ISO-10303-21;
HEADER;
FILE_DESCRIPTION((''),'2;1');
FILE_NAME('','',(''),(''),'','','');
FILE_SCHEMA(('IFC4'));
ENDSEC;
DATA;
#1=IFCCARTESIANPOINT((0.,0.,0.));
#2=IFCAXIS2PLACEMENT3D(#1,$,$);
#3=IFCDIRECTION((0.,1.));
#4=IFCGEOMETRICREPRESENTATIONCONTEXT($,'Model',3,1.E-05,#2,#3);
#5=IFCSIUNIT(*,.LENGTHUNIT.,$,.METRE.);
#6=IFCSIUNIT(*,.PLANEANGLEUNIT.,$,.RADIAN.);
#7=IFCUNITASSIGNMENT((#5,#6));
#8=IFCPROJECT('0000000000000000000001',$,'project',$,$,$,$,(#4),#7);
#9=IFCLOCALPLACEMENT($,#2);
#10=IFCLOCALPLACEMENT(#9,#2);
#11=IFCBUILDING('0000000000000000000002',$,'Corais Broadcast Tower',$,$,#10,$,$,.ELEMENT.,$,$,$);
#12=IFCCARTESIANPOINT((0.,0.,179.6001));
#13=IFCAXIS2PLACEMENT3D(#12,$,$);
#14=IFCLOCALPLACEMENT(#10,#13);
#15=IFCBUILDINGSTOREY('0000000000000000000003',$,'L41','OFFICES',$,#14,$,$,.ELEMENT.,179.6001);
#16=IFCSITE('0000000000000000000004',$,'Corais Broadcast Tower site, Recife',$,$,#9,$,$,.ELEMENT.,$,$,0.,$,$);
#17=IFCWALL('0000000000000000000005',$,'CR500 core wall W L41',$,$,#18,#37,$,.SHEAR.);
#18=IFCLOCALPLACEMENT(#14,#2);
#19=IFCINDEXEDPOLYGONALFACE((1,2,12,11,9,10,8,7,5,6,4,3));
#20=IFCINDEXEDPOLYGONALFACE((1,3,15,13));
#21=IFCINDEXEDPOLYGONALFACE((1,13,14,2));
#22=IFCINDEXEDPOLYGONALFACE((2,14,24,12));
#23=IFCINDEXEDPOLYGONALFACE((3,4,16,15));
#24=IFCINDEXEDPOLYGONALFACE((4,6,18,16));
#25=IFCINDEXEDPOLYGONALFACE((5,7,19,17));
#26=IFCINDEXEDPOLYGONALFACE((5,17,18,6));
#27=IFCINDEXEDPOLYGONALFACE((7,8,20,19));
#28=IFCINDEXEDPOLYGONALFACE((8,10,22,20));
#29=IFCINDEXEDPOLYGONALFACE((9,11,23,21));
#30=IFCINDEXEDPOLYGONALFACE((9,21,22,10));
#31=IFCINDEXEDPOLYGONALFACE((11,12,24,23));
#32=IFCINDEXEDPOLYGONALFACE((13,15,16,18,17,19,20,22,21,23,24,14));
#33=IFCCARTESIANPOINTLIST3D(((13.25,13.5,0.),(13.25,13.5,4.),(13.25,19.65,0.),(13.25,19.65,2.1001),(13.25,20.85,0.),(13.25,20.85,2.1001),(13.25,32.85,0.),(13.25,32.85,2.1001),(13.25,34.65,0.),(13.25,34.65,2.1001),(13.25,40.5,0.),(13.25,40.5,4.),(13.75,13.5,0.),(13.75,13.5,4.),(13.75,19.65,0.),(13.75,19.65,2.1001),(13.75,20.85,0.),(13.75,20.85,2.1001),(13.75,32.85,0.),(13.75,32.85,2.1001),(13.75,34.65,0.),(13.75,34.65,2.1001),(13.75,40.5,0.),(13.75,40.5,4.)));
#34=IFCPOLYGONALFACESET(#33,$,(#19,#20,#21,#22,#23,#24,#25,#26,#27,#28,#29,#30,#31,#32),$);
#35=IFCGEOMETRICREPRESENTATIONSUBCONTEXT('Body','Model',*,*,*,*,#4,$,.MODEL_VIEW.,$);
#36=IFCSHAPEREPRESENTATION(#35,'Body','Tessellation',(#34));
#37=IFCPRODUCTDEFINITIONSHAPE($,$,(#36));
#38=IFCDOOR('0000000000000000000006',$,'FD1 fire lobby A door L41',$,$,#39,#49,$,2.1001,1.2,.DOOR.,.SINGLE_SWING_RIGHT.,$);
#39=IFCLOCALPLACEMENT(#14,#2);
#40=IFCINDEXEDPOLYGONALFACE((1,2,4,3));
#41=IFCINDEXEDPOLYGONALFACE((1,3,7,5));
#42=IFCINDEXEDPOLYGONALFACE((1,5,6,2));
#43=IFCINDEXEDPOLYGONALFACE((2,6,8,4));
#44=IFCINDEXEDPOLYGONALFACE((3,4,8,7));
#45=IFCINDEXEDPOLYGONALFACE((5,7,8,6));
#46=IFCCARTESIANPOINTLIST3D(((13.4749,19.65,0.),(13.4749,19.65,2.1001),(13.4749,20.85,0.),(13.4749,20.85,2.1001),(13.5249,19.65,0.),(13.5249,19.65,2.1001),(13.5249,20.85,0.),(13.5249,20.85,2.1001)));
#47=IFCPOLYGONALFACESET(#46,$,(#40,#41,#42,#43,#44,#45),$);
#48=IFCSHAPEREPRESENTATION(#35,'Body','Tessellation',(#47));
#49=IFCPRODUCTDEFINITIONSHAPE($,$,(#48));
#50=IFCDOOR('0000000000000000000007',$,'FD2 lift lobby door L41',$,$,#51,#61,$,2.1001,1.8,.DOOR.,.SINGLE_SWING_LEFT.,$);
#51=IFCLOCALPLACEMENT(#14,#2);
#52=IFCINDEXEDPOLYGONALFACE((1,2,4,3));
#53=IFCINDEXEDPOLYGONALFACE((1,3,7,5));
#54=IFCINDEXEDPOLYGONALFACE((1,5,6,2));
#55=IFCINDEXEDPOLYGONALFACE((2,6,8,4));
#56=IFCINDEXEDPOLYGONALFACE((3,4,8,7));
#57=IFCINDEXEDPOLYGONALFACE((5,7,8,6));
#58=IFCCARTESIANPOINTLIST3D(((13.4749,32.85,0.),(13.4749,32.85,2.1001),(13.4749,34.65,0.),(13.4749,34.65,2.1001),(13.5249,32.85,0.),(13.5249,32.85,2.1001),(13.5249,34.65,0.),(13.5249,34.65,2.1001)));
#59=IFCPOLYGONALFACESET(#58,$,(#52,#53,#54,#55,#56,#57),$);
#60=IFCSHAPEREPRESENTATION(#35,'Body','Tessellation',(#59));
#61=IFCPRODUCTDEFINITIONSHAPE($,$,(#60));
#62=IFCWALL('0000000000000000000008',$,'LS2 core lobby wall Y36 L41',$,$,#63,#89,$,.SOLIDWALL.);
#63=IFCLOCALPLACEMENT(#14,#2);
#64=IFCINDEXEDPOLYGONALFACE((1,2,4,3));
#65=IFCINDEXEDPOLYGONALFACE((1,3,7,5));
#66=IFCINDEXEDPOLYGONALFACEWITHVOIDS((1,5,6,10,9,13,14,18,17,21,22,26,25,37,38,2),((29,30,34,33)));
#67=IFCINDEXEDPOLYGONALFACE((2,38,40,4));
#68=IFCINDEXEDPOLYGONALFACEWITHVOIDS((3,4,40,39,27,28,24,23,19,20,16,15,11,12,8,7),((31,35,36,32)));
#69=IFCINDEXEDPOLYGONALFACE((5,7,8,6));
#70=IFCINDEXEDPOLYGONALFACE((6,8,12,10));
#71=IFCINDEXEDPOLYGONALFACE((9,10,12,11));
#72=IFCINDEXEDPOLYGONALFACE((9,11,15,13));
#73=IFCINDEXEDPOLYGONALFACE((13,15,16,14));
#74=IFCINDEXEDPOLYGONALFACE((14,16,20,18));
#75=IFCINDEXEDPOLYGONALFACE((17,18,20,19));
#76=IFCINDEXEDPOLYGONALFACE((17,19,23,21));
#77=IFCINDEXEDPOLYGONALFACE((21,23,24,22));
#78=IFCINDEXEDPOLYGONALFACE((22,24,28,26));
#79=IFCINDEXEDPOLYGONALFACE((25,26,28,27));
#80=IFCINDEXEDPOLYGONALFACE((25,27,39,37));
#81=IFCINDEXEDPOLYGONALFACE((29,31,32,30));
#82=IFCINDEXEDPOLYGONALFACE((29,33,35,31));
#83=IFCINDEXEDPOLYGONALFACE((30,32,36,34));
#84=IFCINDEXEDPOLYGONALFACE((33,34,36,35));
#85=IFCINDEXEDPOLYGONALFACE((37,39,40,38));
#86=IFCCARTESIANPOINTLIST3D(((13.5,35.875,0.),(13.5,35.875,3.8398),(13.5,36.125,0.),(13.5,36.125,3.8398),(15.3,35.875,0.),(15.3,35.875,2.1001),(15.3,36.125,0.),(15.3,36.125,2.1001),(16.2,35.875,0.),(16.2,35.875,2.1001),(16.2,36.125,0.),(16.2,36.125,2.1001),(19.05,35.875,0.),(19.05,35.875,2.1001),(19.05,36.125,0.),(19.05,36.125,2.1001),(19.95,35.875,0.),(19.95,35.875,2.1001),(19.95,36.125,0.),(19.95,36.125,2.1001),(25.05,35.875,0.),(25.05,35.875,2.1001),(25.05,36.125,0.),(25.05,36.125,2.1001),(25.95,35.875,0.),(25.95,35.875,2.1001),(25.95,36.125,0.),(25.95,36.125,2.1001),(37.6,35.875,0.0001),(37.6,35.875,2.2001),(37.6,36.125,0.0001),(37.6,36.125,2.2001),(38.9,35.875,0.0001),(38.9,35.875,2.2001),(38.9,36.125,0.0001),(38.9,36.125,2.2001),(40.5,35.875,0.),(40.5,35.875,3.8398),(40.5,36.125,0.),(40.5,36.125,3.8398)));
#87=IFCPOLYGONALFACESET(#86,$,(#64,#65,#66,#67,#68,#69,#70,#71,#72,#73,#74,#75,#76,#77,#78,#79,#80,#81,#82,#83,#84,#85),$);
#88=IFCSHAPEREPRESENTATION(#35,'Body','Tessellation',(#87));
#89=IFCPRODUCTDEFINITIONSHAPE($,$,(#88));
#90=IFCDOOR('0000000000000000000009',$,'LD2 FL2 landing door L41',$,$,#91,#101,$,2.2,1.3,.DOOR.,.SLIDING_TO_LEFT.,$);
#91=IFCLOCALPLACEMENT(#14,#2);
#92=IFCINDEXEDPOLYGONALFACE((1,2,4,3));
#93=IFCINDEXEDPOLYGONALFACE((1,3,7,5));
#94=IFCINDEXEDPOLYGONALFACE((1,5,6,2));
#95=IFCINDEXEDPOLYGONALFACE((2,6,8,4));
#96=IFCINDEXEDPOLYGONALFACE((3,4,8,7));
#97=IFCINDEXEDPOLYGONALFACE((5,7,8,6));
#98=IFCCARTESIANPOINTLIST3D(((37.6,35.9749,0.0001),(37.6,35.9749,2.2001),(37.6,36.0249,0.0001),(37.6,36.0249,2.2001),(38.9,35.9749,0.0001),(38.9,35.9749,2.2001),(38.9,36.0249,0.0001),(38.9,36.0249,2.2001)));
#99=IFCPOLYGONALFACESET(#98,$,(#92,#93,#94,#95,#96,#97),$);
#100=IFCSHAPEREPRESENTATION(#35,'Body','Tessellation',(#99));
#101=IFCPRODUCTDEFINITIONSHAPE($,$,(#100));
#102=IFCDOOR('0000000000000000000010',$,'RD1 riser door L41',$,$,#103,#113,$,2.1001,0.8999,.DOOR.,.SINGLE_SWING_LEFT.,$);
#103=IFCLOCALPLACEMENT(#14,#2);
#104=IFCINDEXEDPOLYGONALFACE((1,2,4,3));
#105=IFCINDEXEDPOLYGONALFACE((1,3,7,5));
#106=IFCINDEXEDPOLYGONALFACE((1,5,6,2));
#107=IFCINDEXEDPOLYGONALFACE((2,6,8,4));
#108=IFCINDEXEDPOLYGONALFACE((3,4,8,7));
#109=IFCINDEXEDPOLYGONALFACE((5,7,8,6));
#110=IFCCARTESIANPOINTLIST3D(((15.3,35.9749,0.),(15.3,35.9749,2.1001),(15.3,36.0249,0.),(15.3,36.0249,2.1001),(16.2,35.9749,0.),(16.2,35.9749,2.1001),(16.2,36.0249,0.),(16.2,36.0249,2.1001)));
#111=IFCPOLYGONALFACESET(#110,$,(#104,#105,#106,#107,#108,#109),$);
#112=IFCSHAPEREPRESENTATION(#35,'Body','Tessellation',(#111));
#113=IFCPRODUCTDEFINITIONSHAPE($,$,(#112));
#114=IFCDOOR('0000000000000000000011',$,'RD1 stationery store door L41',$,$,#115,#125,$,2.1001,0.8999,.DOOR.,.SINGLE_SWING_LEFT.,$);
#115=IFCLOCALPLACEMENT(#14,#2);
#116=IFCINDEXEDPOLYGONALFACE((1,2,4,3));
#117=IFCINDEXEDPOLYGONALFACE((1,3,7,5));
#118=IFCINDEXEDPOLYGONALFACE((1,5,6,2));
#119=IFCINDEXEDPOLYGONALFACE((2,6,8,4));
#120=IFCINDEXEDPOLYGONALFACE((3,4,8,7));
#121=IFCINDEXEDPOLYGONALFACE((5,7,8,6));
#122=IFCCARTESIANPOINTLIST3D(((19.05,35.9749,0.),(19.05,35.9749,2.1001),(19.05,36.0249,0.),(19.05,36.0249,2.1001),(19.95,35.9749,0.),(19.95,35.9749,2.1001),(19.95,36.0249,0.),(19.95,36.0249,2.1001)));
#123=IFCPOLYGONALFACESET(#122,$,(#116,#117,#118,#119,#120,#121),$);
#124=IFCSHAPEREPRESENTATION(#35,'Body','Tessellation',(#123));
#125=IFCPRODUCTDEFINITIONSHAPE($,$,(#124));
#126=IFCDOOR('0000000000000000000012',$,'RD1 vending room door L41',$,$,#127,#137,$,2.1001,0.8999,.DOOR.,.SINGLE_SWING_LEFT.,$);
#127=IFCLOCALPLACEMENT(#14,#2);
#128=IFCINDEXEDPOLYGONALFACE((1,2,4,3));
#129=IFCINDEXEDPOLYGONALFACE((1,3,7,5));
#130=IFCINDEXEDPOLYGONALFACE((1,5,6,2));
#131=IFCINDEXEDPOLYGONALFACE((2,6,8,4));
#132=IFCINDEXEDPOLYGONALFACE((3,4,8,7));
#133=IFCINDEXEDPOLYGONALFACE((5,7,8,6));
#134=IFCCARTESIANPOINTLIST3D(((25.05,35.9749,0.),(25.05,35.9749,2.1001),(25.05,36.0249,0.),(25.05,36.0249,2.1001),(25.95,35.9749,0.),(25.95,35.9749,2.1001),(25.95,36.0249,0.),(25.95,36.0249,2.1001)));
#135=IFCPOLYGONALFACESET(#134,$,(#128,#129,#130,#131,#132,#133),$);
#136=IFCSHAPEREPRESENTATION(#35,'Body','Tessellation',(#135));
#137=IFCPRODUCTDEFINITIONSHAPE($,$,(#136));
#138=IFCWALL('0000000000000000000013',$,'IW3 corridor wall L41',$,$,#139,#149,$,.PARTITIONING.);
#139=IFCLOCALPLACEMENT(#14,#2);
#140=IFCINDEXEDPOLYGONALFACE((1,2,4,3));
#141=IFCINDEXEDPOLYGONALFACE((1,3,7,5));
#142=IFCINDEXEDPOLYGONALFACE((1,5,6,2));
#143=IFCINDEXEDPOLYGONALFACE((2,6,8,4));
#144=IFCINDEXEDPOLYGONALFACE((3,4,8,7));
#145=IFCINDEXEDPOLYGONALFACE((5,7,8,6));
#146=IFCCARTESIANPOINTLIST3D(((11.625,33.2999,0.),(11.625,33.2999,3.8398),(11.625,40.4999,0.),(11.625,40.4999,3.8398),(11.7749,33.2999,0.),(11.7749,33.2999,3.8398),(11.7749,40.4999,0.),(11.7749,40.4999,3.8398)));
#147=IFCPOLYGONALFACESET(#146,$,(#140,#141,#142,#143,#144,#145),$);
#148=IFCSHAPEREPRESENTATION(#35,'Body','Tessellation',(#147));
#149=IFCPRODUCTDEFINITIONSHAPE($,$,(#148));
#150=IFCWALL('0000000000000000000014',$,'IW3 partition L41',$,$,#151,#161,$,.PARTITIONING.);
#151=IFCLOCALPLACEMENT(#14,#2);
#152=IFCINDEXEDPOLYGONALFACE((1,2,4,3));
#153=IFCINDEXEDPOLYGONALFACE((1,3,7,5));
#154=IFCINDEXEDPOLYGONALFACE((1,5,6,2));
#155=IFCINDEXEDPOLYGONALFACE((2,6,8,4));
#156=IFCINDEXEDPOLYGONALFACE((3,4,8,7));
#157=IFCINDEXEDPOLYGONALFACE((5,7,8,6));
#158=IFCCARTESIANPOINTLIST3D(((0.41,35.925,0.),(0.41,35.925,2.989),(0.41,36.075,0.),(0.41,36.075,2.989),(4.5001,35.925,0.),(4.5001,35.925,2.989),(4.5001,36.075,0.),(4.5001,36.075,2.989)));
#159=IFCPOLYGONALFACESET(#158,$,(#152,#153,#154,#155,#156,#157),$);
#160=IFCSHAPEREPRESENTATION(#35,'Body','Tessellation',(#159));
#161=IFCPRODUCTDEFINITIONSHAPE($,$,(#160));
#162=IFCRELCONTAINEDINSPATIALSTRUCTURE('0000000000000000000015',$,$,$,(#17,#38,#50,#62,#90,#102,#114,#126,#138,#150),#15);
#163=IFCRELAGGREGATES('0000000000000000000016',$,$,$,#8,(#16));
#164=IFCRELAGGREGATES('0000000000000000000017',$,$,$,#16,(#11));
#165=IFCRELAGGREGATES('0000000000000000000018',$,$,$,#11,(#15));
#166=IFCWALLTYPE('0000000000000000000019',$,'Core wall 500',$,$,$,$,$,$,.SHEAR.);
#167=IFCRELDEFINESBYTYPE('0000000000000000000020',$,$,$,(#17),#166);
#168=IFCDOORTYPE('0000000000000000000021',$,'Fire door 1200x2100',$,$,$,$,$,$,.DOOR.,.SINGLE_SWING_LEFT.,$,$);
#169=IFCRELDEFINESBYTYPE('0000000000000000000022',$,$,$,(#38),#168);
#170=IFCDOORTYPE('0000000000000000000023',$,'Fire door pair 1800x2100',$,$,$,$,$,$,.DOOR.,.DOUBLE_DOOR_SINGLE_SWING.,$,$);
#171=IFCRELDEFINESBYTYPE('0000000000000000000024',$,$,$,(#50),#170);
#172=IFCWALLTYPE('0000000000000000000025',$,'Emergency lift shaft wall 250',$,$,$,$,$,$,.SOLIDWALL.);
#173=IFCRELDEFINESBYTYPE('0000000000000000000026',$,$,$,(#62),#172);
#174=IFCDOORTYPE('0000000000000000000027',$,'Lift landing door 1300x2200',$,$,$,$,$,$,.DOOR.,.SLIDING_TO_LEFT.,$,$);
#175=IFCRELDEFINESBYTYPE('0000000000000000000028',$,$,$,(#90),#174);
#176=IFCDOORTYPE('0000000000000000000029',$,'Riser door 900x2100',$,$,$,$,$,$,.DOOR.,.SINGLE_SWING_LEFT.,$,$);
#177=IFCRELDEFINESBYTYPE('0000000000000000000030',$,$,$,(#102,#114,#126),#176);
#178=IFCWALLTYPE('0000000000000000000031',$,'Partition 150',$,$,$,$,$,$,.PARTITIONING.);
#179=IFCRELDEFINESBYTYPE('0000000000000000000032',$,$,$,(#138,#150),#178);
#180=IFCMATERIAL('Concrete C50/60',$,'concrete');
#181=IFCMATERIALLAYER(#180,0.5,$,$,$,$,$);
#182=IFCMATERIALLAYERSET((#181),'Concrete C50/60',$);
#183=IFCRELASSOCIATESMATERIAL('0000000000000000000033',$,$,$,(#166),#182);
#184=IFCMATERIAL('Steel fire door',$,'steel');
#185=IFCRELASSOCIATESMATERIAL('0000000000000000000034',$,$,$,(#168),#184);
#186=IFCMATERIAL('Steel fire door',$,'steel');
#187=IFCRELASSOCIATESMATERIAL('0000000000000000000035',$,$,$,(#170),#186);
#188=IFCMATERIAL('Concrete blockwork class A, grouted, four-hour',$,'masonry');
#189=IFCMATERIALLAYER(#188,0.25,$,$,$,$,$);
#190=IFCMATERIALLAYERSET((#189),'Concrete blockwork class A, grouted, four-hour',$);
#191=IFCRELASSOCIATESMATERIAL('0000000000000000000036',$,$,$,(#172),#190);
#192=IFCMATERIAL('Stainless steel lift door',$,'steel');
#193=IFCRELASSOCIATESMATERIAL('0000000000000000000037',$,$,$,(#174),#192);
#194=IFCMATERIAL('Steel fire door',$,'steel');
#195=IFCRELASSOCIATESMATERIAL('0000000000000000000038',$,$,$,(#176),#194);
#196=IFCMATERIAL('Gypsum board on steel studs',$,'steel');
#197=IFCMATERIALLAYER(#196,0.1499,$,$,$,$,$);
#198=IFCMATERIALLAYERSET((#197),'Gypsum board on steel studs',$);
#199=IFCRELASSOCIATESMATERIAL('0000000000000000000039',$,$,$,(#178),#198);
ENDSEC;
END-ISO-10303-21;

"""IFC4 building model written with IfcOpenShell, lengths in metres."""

from ifc_helpers import new_model, si_unit, direction, frame, frame_2d, origin, place, context, subcontext, project, spatial, rectangle, extrude, material, layer, layer_set, type_object, element, fill, save


model = new_model("IFC4")

# Units and contexts
model_context = context("Model", 3, precision=1e-05, world=origin(), true_north=direction((0.0, 1.0)))
body_context = subcontext(model_context, "Body", "Model", "MODEL_VIEW")
ifc_project = project(units=[si_unit("LENGTHUNIT", "METRE"), si_unit("PLANEANGLEUNIT", "RADIAN")], contexts=[model_context])

# Site, building, storey
site_placement = place(None, origin())
site = spatial("IfcSite", under=ifc_project, at=site_placement, Name="Corais Broadcast Tower site, Recife", CompositionType="ELEMENT", RefElevation=0.0)
building_placement = place(site_placement, origin())
building = spatial("IfcBuilding", under=site, at=building_placement, Name="Corais Broadcast Tower", CompositionType="ELEMENT")
storey_placement = place(building_placement, frame((0.0, 0.0, 179.6001)))
storey = spatial("IfcBuildingStorey", under=building, at=storey_placement, Name="L41", Description="OFFICES", CompositionType="ELEMENT", Elevation=179.6001)

# Walls, openings, doors
ifc_material_1 = material(Name="Concrete C50/60", Category="concrete")
ifc_layer_1 = layer(ifc_material_1, 0.5)
ifc_layer_set_1 = layer_set([ifc_layer_1], Name="Concrete C50/60")
wall_type_1 = type_object("IfcWallType", Name="Core wall 500", PredefinedType="SHEAR", material=ifc_layer_set_1)
wall_1_placement = place(storey_placement, frame((13.5, 40.5, 0.0), z_axis=(0.0, 0.0, 1.0), x_axis=(0.0, -1.0, 0.0)))
wall_1 = element("IfcWall", 1, at=wall_1_placement, inside=storey, type_object=wall_type_1, Name="CR500 core wall W L41", PredefinedType="SHEAR", context=body_context, shape_type="SweptSolid", body=[
    extrude(rectangle(XDim=27.0, YDim=0.5, at=frame_2d((13.5, 0.0))), origin(), (0.0, 0.0, 1.0), 4.0),
])
opening_1_placement = place(wall_1_placement, frame((19.6499, 0.0, 0.0)))
opening_1 = element("IfcOpeningElement", 2, at=opening_1_placement, cuts=wall_1, PredefinedType="OPENING", context=body_context, shape_type="SweptSolid", body=[
    extrude(rectangle(XDim=1.2, YDim=2.1001, at=frame_2d((0.6001, 1.05))), frame((0.0, 0.26, 0.0), z_axis=(0.0, -1.0, 0.0), x_axis=(1.0, 0.0, 0.0)), (0.0, 0.0, 1.0), 0.52),
])
opening_2_placement = place(wall_1_placement, frame((5.8501, 0.0, 0.0)))
opening_2 = element("IfcOpeningElement", 3, at=opening_2_placement, cuts=wall_1, PredefinedType="OPENING", context=body_context, shape_type="SweptSolid", body=[
    extrude(rectangle(XDim=1.8, YDim=2.1001, at=frame_2d((0.8999, 1.05))), frame((0.0, 0.26, 0.0), z_axis=(0.0, -1.0, 0.0), x_axis=(1.0, 0.0, 0.0)), (0.0, 0.0, 1.0), 0.52),
])
ifc_material_2 = material(Name="Steel fire door", Category="steel")
door_type_1 = type_object("IfcDoorType", Name="Fire door 1200x2100", OperationType="SINGLE_SWING_LEFT", PredefinedType="DOOR", material=ifc_material_2)
door_1_placement = place(opening_1_placement, origin())
door_1 = element("IfcDoor", 4, at=door_1_placement, inside=storey, type_object=door_type_1, Name="FD1 fire lobby A door L41", OperationType="SINGLE_SWING_RIGHT", OverallHeight=2.1001, OverallWidth=1.2, PredefinedType="DOOR", context=body_context, shape_type="SweptSolid", body=[
    extrude(rectangle(XDim=1.2, YDim=2.1001, at=frame_2d((0.6001, 1.05))), frame((0.0, 0.0249, 0.0), z_axis=(0.0, -1.0, 0.0), x_axis=(1.0, 0.0, 0.0)), (0.0, 0.0, 1.0), 0.05),
])
fill(opening_1, door_1)
ifc_material_3 = material(Name="Steel fire door", Category="steel")
door_type_2 = type_object("IfcDoorType", Name="Fire door pair 1800x2100", OperationType="DOUBLE_DOOR_SINGLE_SWING", PredefinedType="DOOR", material=ifc_material_3)
door_2_placement = place(opening_2_placement, origin())
door_2 = element("IfcDoor", 5, at=door_2_placement, inside=storey, type_object=door_type_2, Name="FD2 lift lobby door L41", OperationType="SINGLE_SWING_LEFT", OverallHeight=2.1001, OverallWidth=1.8, PredefinedType="DOOR", context=body_context, shape_type="SweptSolid", body=[
    extrude(rectangle(XDim=1.8, YDim=2.1001, at=frame_2d((0.8999, 1.05))), frame((0.0, 0.0249, 0.0), z_axis=(0.0, -1.0, 0.0), x_axis=(1.0, 0.0, 0.0)), (0.0, 0.0, 1.0), 0.05),
])
fill(opening_2, door_2)
ifc_material_4 = material(Name="Concrete blockwork class A, grouted, four-hour", Category="masonry")
ifc_layer_2 = layer(ifc_material_4, 0.25)
ifc_layer_set_2 = layer_set([ifc_layer_2], Name="Concrete blockwork class A, grouted, four-hour")
wall_type_2 = type_object("IfcWallType", Name="Emergency lift shaft wall 250", PredefinedType="SOLIDWALL", material=ifc_layer_set_2)
wall_2_placement = place(storey_placement, frame((13.5, 36.0, 0.0), z_axis=(0.0, 0.0, 1.0), x_axis=(1.0, 0.0, 0.0)))
wall_2 = element("IfcWall", 6, at=wall_2_placement, inside=storey, type_object=wall_type_2, Name="LS2 core lobby wall Y36 L41", PredefinedType="SOLIDWALL", context=body_context, shape_type="SweptSolid", body=[
    extrude(rectangle(XDim=27.0, YDim=0.25, at=frame_2d((13.5, 0.0))), origin(), (0.0, 0.0, 1.0), 3.8398),
])
opening_3_placement = place(wall_2_placement, frame((1.8, 0.0, 0.0)))
opening_3 = element("IfcOpeningElement", 7, at=opening_3_placement, cuts=wall_2, PredefinedType="OPENING", context=body_context, shape_type="SweptSolid", body=[
    extrude(rectangle(XDim=0.8999, YDim=2.1001, at=frame_2d((0.45, 1.05))), frame((0.0, 0.135, 0.0), z_axis=(0.0, -1.0, 0.0), x_axis=(1.0, 0.0, 0.0)), (0.0, 0.0, 1.0), 0.27),
])
opening_4_placement = place(wall_2_placement, frame((5.55, 0.0, 0.0)))
opening_4 = element("IfcOpeningElement", 8, at=opening_4_placement, cuts=wall_2, PredefinedType="OPENING", context=body_context, shape_type="SweptSolid", body=[
    extrude(rectangle(XDim=0.8999, YDim=2.1001, at=frame_2d((0.45, 1.05))), frame((0.0, 0.135, 0.0), z_axis=(0.0, -1.0, 0.0), x_axis=(1.0, 0.0, 0.0)), (0.0, 0.0, 1.0), 0.27),
])
opening_5_placement = place(wall_2_placement, frame((11.55, 0.0, 0.0)))
opening_5 = element("IfcOpeningElement", 9, at=opening_5_placement, cuts=wall_2, PredefinedType="OPENING", context=body_context, shape_type="SweptSolid", body=[
    extrude(rectangle(XDim=0.8999, YDim=2.1001, at=frame_2d((0.45, 1.05))), frame((0.0, 0.135, 0.0), z_axis=(0.0, -1.0, 0.0), x_axis=(1.0, 0.0, 0.0)), (0.0, 0.0, 1.0), 0.27),
])
opening_6_placement = place(wall_2_placement, frame((24.1001, 0.0, 0.0)))
opening_6 = element("IfcOpeningElement", 10, at=opening_6_placement, cuts=wall_2, PredefinedType="OPENING", context=body_context, shape_type="SweptSolid", body=[
    extrude(rectangle(XDim=1.3, YDim=2.2, at=frame_2d((0.6499, 1.1001))), frame((0.0, 0.135, 0.0), z_axis=(0.0, -1.0, 0.0), x_axis=(1.0, 0.0, 0.0)), (0.0, 0.0, 1.0), 0.27),
])
ifc_material_5 = material(Name="Stainless steel lift door", Category="steel")
door_type_3 = type_object("IfcDoorType", Name="Lift landing door 1300x2200", OperationType="SLIDING_TO_LEFT", PredefinedType="DOOR", material=ifc_material_5)
door_3_placement = place(opening_6_placement, origin())
door_3 = element("IfcDoor", 11, at=door_3_placement, inside=storey, type_object=door_type_3, Name="LD2 FL2 landing door L41", OperationType="SLIDING_TO_LEFT", OverallHeight=2.2, OverallWidth=1.3, PredefinedType="DOOR", context=body_context, shape_type="SweptSolid", body=[
    extrude(rectangle(XDim=1.3, YDim=2.2, at=frame_2d((0.6499, 1.1001))), frame((0.0, 0.0249, 0.0), z_axis=(0.0, -1.0, 0.0), x_axis=(1.0, 0.0, 0.0)), (0.0, 0.0, 1.0), 0.05),
])
fill(opening_6, door_3)
ifc_material_6 = material(Name="Steel fire door", Category="steel")
door_type_4 = type_object("IfcDoorType", Name="Riser door 900x2100", OperationType="SINGLE_SWING_LEFT", PredefinedType="DOOR", material=ifc_material_6)
door_4_placement = place(opening_3_placement, origin())
door_4 = element("IfcDoor", 12, at=door_4_placement, inside=storey, type_object=door_type_4, Name="RD1 riser door L41", OperationType="SINGLE_SWING_LEFT", OverallHeight=2.1001, OverallWidth=0.8999, PredefinedType="DOOR", context=body_context, shape_type="SweptSolid", body=[
    extrude(rectangle(XDim=0.8999, YDim=2.1001, at=frame_2d((0.45, 1.05))), frame((0.0, 0.0249, 0.0), z_axis=(0.0, -1.0, 0.0), x_axis=(1.0, 0.0, 0.0)), (0.0, 0.0, 1.0), 0.05),
])
fill(opening_3, door_4)
door_5_placement = place(opening_4_placement, origin())
door_5 = element("IfcDoor", 13, at=door_5_placement, inside=storey, type_object=door_type_4, Name="RD1 stationery store door L41", OperationType="SINGLE_SWING_LEFT", OverallHeight=2.1001, OverallWidth=0.8999, PredefinedType="DOOR", context=body_context, shape_type="SweptSolid", body=[
    extrude(rectangle(XDim=0.8999, YDim=2.1001, at=frame_2d((0.45, 1.05))), frame((0.0, 0.0249, 0.0), z_axis=(0.0, -1.0, 0.0), x_axis=(1.0, 0.0, 0.0)), (0.0, 0.0, 1.0), 0.05),
])
fill(opening_4, door_5)
door_6_placement = place(opening_5_placement, origin())
door_6 = element("IfcDoor", 14, at=door_6_placement, inside=storey, type_object=door_type_4, Name="RD1 vending room door L41", OperationType="SINGLE_SWING_LEFT", OverallHeight=2.1001, OverallWidth=0.8999, PredefinedType="DOOR", context=body_context, shape_type="SweptSolid", body=[
    extrude(rectangle(XDim=0.8999, YDim=2.1001, at=frame_2d((0.45, 1.05))), frame((0.0, 0.0249, 0.0), z_axis=(0.0, -1.0, 0.0), x_axis=(1.0, 0.0, 0.0)), (0.0, 0.0, 1.0), 0.05),
])
fill(opening_5, door_6)

# Walls
ifc_material_7 = material(Name="Gypsum board on steel studs", Category="steel")
ifc_layer_3 = layer(ifc_material_7, 0.1499)
ifc_layer_set_3 = layer_set([ifc_layer_3], Name="Gypsum board on steel studs")
wall_type_3 = type_object("IfcWallType", Name="Partition 150", PredefinedType="PARTITIONING", material=ifc_layer_set_3)
wall_3_placement = place(storey_placement, frame((11.7, 40.5, 0.0), z_axis=(0.0, 0.0, 1.0), x_axis=(0.0, -1.0, 0.0)))
element("IfcWall", 15, at=wall_3_placement, inside=storey, type_object=wall_type_3, Name="IW3 corridor wall L41", PredefinedType="PARTITIONING", context=body_context, shape_type="SweptSolid", body=[
    extrude(rectangle(XDim=7.2, YDim=0.1499, at=frame_2d((3.6001, 0.0))), origin(), (0.0, 0.0, 1.0), 3.8398),
])
wall_4_placement = place(storey_placement, frame((4.5, 36.0, 0.0), z_axis=(0.0, 0.0, 1.0), x_axis=(-1.0, 0.0, 0.0)))
element("IfcWall", 16, at=wall_4_placement, inside=storey, type_object=wall_type_3, Name="IW3 partition L41", PredefinedType="PARTITIONING", context=body_context, shape_type="SweptSolid", body=[
    extrude(rectangle(XDim=4.0901, YDim=0.1499, at=frame_2d((2.0449, 0.0))), origin(), (0.0, 0.0, 1.0), 2.989),
])

save(model, "model.ifc")
